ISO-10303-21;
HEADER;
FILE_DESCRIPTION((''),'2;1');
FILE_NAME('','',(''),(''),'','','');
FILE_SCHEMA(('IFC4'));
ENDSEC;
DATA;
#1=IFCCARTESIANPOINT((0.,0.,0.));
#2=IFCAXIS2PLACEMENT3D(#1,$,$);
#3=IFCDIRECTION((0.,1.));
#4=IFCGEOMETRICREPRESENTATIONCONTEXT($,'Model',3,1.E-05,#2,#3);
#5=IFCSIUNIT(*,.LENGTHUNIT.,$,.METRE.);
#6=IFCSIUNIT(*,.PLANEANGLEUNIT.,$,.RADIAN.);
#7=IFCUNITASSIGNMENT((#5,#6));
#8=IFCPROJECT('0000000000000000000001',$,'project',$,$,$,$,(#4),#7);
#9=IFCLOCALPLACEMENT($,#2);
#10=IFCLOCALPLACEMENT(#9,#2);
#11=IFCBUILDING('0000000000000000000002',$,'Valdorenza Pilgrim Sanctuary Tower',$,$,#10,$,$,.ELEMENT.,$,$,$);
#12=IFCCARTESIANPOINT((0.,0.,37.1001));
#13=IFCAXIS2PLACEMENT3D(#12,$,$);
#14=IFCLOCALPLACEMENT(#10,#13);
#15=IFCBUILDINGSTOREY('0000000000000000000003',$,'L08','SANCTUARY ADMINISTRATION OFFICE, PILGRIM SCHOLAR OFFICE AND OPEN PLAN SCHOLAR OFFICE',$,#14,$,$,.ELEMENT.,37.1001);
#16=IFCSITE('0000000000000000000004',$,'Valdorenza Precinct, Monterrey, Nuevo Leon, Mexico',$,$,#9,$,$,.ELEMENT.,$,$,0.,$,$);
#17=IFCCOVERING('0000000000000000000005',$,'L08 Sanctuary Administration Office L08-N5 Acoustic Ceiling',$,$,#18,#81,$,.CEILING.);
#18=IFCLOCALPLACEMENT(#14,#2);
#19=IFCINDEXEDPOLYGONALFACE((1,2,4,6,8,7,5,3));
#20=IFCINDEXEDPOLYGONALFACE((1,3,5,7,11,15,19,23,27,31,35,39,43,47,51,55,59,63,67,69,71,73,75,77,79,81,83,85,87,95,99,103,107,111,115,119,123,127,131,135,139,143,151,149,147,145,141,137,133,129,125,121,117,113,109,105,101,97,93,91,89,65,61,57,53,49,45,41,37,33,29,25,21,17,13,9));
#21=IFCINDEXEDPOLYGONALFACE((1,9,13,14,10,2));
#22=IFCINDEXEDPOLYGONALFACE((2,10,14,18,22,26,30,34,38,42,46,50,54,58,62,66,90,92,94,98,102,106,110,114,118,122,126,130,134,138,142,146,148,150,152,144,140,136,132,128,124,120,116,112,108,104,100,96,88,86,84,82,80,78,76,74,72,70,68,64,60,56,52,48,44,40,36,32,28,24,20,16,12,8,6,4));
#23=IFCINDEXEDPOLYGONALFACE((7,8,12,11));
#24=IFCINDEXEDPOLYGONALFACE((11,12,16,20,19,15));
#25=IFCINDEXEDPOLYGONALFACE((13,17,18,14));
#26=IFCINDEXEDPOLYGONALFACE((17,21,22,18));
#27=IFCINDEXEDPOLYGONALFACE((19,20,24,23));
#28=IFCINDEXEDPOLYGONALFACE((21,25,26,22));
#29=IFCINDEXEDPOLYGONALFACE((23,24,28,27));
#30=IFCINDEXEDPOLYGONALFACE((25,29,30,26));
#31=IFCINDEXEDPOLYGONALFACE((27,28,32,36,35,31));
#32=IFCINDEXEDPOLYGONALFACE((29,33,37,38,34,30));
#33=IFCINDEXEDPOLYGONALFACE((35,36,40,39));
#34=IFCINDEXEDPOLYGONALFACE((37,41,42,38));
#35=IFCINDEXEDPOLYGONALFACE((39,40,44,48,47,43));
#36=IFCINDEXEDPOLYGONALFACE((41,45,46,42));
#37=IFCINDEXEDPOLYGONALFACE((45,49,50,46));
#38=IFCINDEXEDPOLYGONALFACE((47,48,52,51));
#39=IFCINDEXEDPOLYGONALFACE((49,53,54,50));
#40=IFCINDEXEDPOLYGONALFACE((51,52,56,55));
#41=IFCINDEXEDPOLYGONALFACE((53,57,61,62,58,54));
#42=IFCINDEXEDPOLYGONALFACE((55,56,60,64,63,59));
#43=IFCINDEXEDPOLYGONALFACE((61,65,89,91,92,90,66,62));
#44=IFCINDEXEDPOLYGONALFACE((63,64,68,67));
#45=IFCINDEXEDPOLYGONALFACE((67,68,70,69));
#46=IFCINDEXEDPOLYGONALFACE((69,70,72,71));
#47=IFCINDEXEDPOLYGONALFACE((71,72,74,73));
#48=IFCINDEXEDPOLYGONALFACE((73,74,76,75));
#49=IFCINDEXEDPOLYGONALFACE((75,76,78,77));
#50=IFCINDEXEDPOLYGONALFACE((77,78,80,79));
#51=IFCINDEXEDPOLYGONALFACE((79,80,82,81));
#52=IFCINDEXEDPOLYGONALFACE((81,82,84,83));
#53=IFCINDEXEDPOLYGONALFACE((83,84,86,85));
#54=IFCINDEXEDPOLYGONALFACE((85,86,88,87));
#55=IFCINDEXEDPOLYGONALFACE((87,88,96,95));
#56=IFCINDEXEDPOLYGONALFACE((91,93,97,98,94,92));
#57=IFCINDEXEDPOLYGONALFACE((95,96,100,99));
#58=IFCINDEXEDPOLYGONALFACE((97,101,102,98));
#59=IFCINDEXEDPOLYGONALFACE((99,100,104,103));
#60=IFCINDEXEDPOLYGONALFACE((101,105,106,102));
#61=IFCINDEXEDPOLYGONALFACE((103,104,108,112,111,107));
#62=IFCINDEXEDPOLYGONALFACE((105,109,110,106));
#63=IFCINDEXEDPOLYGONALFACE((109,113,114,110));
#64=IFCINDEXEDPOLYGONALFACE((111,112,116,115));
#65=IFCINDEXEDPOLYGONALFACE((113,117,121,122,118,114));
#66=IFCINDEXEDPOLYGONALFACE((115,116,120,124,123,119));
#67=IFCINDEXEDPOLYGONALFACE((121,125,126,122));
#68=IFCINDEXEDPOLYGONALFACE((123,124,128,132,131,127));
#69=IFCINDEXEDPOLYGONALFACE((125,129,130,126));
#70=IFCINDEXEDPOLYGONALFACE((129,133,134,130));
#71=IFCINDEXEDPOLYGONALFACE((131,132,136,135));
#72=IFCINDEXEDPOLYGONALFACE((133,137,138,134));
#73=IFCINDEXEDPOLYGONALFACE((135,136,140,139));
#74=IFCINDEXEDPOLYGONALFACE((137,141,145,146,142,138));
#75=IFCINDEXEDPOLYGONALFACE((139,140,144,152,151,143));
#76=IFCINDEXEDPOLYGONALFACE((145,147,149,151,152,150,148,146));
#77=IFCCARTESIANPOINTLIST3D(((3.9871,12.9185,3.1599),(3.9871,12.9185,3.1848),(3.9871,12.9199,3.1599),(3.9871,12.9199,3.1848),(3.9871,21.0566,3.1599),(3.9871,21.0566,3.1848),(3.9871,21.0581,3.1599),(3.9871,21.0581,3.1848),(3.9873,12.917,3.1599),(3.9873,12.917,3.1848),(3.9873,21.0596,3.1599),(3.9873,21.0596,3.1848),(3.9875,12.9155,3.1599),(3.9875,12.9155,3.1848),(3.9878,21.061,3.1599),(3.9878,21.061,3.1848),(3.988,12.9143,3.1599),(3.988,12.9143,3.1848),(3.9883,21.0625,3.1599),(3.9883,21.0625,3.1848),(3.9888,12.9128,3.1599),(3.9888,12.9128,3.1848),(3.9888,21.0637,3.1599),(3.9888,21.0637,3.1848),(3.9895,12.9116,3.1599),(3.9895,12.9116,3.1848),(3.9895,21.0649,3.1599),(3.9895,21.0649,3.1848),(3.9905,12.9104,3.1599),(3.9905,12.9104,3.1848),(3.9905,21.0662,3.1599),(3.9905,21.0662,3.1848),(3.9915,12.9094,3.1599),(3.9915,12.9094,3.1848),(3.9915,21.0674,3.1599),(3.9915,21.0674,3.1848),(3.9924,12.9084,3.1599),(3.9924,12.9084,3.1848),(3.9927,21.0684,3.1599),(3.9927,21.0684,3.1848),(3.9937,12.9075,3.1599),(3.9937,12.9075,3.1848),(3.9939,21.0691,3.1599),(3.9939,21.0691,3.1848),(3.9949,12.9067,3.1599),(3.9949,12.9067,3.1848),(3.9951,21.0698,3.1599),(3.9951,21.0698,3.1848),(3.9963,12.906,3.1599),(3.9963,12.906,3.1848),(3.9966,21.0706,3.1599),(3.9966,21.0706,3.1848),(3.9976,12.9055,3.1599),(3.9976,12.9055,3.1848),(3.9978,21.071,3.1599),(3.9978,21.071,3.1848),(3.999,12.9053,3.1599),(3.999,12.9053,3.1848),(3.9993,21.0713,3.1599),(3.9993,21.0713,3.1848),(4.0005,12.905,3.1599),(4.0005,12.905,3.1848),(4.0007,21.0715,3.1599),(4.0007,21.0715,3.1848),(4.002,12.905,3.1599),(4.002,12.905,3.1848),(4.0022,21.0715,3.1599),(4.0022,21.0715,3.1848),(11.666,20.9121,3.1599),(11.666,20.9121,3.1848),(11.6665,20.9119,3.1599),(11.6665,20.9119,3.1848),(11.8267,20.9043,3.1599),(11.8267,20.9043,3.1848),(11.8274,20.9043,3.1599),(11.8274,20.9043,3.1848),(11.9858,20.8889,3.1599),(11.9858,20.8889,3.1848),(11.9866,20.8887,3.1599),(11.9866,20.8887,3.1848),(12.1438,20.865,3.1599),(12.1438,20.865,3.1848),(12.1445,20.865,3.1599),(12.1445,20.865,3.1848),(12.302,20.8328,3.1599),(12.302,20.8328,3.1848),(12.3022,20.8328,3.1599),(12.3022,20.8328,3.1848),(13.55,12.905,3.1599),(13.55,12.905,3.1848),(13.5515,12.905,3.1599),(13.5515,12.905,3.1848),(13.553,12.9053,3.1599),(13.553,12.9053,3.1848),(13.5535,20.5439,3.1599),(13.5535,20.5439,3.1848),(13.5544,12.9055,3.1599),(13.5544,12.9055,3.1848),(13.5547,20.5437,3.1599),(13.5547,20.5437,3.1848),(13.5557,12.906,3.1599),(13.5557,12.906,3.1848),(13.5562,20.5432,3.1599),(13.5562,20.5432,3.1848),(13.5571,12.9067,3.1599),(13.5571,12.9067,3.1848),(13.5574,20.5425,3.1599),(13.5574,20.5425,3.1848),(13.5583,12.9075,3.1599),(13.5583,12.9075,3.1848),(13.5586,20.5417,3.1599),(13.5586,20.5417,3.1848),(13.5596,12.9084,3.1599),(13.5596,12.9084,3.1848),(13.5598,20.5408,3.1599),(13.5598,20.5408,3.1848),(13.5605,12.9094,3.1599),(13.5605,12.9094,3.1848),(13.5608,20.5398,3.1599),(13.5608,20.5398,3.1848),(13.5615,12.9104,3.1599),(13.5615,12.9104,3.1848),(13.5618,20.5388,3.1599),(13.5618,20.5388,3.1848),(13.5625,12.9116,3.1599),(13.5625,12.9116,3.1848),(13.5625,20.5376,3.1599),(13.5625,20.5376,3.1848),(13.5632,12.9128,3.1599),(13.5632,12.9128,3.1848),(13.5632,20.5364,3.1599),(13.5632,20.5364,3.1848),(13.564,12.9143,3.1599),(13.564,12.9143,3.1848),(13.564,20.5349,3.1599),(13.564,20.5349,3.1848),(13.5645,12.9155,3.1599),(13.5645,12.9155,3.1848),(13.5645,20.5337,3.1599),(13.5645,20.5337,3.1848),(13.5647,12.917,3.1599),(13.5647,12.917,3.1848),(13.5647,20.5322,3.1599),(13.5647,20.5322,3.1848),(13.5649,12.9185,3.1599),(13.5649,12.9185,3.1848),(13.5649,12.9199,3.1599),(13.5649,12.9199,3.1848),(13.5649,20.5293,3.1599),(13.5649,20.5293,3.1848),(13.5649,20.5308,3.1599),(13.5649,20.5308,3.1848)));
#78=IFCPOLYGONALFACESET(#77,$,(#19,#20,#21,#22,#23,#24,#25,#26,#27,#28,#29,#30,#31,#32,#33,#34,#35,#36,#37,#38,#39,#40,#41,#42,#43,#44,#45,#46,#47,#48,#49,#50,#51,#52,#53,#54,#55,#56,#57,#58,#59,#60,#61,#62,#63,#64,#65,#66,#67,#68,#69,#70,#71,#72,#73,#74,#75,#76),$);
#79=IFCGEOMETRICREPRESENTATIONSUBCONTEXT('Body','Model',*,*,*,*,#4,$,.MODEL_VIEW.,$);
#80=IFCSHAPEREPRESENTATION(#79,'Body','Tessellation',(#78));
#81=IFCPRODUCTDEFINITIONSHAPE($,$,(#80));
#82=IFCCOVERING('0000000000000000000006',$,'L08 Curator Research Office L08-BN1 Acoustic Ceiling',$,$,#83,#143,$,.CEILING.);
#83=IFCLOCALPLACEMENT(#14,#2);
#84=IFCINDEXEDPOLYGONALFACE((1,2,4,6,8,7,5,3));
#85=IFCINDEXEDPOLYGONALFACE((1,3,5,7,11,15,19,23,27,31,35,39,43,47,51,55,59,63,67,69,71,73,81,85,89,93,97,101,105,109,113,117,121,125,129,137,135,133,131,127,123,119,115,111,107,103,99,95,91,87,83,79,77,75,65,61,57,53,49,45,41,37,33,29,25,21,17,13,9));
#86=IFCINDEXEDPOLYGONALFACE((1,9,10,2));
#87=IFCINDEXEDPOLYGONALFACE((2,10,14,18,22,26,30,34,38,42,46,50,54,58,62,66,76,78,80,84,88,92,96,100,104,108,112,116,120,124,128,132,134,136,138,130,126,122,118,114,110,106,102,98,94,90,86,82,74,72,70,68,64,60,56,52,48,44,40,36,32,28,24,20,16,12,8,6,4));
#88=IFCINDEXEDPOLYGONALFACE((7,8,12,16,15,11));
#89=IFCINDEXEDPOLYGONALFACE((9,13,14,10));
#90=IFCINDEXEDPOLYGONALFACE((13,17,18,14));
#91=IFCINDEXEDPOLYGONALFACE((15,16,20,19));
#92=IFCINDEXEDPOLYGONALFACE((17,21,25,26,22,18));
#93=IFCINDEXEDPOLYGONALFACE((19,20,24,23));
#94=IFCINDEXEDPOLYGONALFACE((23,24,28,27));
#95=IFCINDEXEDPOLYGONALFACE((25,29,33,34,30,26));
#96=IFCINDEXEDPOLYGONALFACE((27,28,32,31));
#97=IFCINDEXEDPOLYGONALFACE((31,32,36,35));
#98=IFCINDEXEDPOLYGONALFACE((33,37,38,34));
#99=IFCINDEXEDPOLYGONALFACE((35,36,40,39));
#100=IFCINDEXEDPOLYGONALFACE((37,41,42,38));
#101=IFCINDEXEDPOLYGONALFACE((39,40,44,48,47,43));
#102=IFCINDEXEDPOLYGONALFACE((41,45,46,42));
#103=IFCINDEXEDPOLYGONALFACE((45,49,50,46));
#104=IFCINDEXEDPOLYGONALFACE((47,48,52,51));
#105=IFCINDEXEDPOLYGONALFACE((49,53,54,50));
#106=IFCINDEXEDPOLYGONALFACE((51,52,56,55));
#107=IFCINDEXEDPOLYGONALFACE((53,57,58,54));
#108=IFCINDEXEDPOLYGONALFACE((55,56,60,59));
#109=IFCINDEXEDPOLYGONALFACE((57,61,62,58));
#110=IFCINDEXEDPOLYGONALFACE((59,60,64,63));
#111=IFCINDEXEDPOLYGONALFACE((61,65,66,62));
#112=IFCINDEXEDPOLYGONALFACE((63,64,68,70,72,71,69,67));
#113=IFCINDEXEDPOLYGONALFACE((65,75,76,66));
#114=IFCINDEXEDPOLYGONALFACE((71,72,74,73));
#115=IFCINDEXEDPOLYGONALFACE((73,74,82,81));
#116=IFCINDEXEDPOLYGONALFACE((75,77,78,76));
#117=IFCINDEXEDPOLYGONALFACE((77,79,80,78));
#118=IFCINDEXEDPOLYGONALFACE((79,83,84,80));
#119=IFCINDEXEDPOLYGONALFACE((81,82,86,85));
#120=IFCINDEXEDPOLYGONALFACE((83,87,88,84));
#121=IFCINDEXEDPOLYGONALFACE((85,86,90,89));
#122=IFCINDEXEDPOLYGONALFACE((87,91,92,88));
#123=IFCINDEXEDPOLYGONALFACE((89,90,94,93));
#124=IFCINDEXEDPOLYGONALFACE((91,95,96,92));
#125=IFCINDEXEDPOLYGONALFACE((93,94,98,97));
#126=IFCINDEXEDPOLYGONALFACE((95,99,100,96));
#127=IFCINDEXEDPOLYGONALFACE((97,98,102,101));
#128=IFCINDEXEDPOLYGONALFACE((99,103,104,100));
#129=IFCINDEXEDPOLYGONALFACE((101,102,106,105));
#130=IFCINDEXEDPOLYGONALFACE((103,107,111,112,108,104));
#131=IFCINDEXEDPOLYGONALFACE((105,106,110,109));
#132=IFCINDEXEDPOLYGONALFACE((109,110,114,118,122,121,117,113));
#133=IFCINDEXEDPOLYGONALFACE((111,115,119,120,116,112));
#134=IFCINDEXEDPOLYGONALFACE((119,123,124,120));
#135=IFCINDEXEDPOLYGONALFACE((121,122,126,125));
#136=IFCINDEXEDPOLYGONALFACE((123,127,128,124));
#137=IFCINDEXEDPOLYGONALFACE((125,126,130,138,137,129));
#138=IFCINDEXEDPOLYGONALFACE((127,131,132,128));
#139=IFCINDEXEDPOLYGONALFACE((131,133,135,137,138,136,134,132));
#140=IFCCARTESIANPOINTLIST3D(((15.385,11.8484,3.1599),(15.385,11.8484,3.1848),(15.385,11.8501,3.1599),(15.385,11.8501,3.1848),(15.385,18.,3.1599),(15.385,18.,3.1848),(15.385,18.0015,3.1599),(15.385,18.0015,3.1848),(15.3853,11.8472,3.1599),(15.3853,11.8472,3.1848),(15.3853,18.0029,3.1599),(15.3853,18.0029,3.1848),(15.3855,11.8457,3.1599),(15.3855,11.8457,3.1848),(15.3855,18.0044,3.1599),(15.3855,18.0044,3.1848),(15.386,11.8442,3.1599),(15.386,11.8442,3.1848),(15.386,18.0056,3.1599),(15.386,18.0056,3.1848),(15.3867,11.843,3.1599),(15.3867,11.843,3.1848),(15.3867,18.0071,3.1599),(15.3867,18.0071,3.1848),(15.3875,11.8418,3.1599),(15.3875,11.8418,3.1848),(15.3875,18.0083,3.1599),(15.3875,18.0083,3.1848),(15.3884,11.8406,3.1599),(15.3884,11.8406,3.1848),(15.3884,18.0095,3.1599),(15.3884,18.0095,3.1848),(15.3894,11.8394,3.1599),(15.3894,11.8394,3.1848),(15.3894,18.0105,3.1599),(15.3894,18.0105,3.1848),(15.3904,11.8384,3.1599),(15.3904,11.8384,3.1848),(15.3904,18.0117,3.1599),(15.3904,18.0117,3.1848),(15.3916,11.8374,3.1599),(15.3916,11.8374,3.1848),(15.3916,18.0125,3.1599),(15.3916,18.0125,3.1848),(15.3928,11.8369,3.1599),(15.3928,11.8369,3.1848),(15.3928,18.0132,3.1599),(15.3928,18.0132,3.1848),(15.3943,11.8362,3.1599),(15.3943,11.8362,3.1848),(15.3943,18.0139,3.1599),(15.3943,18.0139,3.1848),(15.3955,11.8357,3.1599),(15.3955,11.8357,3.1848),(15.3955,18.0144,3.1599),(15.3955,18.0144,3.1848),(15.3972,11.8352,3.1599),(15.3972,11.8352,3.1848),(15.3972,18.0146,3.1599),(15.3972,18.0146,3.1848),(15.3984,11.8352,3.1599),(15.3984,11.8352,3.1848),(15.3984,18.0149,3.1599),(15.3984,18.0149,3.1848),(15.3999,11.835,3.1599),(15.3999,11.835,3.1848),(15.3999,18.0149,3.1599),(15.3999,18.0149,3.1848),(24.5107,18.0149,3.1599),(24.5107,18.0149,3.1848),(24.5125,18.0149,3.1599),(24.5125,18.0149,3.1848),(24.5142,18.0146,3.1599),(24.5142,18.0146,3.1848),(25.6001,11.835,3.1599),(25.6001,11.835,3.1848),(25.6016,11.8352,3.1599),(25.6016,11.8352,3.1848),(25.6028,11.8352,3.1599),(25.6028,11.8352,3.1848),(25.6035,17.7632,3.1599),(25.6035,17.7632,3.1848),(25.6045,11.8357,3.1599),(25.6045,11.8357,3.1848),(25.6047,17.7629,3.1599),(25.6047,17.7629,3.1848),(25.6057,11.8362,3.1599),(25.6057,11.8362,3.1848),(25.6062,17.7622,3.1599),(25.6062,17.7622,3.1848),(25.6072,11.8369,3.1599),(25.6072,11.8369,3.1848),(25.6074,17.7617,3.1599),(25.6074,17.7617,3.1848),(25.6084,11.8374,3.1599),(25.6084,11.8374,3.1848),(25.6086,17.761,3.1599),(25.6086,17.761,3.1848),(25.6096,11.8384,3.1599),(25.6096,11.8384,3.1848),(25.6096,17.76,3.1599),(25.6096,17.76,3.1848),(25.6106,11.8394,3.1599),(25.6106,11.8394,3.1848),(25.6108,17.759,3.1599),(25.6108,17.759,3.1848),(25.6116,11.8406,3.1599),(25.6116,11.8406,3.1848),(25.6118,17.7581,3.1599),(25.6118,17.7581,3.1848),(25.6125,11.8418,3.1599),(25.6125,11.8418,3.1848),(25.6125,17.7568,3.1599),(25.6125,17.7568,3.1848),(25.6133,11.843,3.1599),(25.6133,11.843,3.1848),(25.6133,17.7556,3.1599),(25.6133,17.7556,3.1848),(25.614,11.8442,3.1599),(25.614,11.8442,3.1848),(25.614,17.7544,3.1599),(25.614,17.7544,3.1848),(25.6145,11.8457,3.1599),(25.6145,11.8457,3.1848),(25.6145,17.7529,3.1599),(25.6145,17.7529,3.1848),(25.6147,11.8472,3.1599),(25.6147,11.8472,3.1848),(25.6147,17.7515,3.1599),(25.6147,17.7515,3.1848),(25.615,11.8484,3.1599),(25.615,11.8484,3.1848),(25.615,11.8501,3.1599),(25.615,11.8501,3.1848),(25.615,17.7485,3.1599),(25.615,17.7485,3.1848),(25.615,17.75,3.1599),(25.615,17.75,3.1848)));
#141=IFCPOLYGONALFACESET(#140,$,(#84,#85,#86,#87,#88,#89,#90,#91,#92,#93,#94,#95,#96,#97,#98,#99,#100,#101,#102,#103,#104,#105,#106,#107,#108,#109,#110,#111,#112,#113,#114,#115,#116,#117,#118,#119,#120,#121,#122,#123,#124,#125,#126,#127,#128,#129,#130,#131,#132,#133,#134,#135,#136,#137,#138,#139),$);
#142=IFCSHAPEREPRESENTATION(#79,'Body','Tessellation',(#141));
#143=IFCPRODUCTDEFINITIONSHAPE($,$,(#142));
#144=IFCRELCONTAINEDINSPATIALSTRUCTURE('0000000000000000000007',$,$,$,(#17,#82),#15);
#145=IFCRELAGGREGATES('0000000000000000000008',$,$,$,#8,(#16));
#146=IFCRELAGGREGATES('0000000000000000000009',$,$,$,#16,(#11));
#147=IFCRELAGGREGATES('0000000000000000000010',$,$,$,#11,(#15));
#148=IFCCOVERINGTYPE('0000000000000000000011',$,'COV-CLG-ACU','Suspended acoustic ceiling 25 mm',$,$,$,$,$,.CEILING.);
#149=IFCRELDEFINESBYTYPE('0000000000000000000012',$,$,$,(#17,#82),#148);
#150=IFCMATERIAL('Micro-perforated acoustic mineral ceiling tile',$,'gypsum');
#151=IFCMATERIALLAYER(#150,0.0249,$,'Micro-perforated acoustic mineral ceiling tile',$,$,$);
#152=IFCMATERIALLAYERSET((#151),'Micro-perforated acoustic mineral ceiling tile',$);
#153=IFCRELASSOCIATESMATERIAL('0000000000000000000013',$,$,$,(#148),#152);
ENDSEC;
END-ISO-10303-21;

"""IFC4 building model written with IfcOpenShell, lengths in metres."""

from ifc_helpers import new_model, si_unit, direction, frame, origin, place, context, subcontext, project, spatial, polyline, outline, extrude, material, layer, layer_set, type_object, element, save


model = new_model("IFC4")

# Units and contexts
model_context = context("Model", 3, precision=1e-05, world=origin(), true_north=direction((0.0, 1.0)))
body_context = subcontext(model_context, "Body", "Model", "MODEL_VIEW")
ifc_project = project(units=[si_unit("LENGTHUNIT", "METRE"), si_unit("PLANEANGLEUNIT", "RADIAN")], contexts=[model_context])

# Site, building, storey
site_placement = place(None, origin())
site = spatial("IfcSite", under=ifc_project, at=site_placement, Name="Valdorenza Precinct, Monterrey, Nuevo Leon, Mexico", CompositionType="ELEMENT", RefElevation=0.0)
building_placement = place(site_placement, origin())
building = spatial("IfcBuilding", under=site, at=building_placement, Name="Valdorenza Pilgrim Sanctuary Tower", CompositionType="ELEMENT")
storey_placement = place(building_placement, frame((0.0, 0.0, 37.1001)))
storey = spatial("IfcBuildingStorey", under=building, at=storey_placement, Name="L08", Description="SANCTUARY ADMINISTRATION OFFICE, PILGRIM SCHOLAR OFFICE AND OPEN PLAN SCHOLAR OFFICE", CompositionType="ELEMENT", Elevation=37.1001)

# Coverings
ifc_material_1 = material(Name="Micro-perforated acoustic mineral ceiling tile", Category="gypsum")
ifc_layer_1 = layer(ifc_material_1, 0.0249, Name="Micro-perforated acoustic mineral ceiling tile")
ifc_layer_set_1 = layer_set([ifc_layer_1], Name="Micro-perforated acoustic mineral ceiling tile")
covering_type_1 = type_object("IfcCoveringType", Name="COV-CLG-ACU", Description="Suspended acoustic ceiling 25 mm", PredefinedType="CEILING", material=ifc_layer_set_1)
covering_1_placement = place(storey_placement, frame((0.0, 0.0, 3.1599)))
element("IfcCovering", 1, at=covering_1_placement, inside=storey, type_object=covering_type_1, Name="L08 Sanctuary Administration Office L08-N5 Acoustic Ceiling", PredefinedType="CEILING", context=body_context, shape_type="SweptSolid", body=[
    extrude(outline(polyline([(4.002, 12.905), (4.0005, 12.905), (3.999, 12.9053), (3.9976, 12.9055), (3.9963, 12.906), (3.9949, 12.9067), (3.9937, 12.9075), (3.9924, 12.9084), (3.9915, 12.9094), (3.9905, 12.9104), (3.9895, 12.9116), (3.9888, 12.9128), (3.988, 12.9143), (3.9875, 12.9155), (3.9873, 12.917), (3.9871, 12.9185), (3.9871, 12.9199), (3.9871, 21.0566), (3.9871, 21.0581), (3.9873, 21.0596), (3.9878, 21.061), (3.9883, 21.0625), (3.9888, 21.0637), (3.9895, 21.0649), (3.9905, 21.0662), (3.9915, 21.0674), (3.9927, 21.0684), (3.9939, 21.0691), (3.9951, 21.0698), (3.9966, 21.0706), (3.9978, 21.071), (3.9993, 21.0713), (4.0007, 21.0715), (4.0022, 21.0715), (11.666, 20.9121), (11.6665, 20.9119), (11.8267, 20.9043), (11.8274, 20.9043), (11.9858, 20.8889), (11.9866, 20.8887), (12.1438, 20.865), (12.1445, 20.865), (12.302, 20.8328), (12.3022, 20.8328), (13.5535, 20.5439), (13.5547, 20.5437), (13.5562, 20.5432), (13.5574, 20.5425), (13.5586, 20.5417), (13.5598, 20.5408), (13.5608, 20.5398), (13.5618, 20.5388), (13.5625, 20.5376), (13.5632, 20.5364), (13.564, 20.5349), (13.5645, 20.5337), (13.5647, 20.5322), (13.5649, 20.5308), (13.5649, 20.5293), (13.5649, 12.9199), (13.5649, 12.9185), (13.5647, 12.917), (13.5645, 12.9155), (13.564, 12.9143), (13.5632, 12.9128), (13.5625, 12.9116), (13.5615, 12.9104), (13.5605, 12.9094), (13.5596, 12.9084), (13.5583, 12.9075), (13.5571, 12.9067), (13.5557, 12.906), (13.5544, 12.9055), (13.553, 12.9053), (13.5515, 12.905), (13.55, 12.905), (4.002, 12.905)])), origin(), (0.0, 0.0, 1.0), 0.0249),
])
covering_2_placement = place(storey_placement, frame((0.0, 0.0, 3.1599)))
element("IfcCovering", 2, at=covering_2_placement, inside=storey, type_object=covering_type_1, Name="L08 Curator Research Office L08-BN1 Acoustic Ceiling", PredefinedType="CEILING", context=body_context, shape_type="SweptSolid", body=[
    extrude(outline(polyline([(15.3999, 11.835), (15.3984, 11.8352), (15.3972, 11.8352), (15.3955, 11.8357), (15.3943, 11.8362), (15.3928, 11.8369), (15.3916, 11.8374), (15.3904, 11.8384), (15.3894, 11.8394), (15.3884, 11.8406), (15.3875, 11.8418), (15.3867, 11.843), (15.386, 11.8442), (15.3855, 11.8457), (15.3853, 11.8472), (15.385, 11.8484), (15.385, 11.8501), (15.385, 18.0), (15.385, 18.0015), (15.3853, 18.0029), (15.3855, 18.0044), (15.386, 18.0056), (15.3867, 18.0071), (15.3875, 18.0083), (15.3884, 18.0095), (15.3894, 18.0105), (15.3904, 18.0117), (15.3916, 18.0125), (15.3928, 18.0132), (15.3943, 18.0139), (15.3955, 18.0144), (15.3972, 18.0146), (15.3984, 18.0149), (15.3999, 18.0149), (24.5107, 18.0149), (24.5125, 18.0149), (24.5142, 18.0146), (25.6035, 17.7632), (25.6047, 17.7629), (25.6062, 17.7622), (25.6074, 17.7617), (25.6086, 17.761), (25.6096, 17.76), (25.6108, 17.759), (25.6118, 17.7581), (25.6125, 17.7568), (25.6133, 17.7556), (25.614, 17.7544), (25.6145, 17.7529), (25.6147, 17.7515), (25.615, 17.75), (25.615, 17.7485), (25.615, 11.8501), (25.615, 11.8484), (25.6147, 11.8472), (25.6145, 11.8457), (25.614, 11.8442), (25.6133, 11.843), (25.6125, 11.8418), (25.6116, 11.8406), (25.6106, 11.8394), (25.6096, 11.8384), (25.6084, 11.8374), (25.6072, 11.8369), (25.6057, 11.8362), (25.6045, 11.8357), (25.6028, 11.8352), (25.6016, 11.8352), (25.6001, 11.835), (15.3999, 11.835)])), origin(), (0.0, 0.0, 1.0), 0.0249),
])

save(model, "model.ifc")
